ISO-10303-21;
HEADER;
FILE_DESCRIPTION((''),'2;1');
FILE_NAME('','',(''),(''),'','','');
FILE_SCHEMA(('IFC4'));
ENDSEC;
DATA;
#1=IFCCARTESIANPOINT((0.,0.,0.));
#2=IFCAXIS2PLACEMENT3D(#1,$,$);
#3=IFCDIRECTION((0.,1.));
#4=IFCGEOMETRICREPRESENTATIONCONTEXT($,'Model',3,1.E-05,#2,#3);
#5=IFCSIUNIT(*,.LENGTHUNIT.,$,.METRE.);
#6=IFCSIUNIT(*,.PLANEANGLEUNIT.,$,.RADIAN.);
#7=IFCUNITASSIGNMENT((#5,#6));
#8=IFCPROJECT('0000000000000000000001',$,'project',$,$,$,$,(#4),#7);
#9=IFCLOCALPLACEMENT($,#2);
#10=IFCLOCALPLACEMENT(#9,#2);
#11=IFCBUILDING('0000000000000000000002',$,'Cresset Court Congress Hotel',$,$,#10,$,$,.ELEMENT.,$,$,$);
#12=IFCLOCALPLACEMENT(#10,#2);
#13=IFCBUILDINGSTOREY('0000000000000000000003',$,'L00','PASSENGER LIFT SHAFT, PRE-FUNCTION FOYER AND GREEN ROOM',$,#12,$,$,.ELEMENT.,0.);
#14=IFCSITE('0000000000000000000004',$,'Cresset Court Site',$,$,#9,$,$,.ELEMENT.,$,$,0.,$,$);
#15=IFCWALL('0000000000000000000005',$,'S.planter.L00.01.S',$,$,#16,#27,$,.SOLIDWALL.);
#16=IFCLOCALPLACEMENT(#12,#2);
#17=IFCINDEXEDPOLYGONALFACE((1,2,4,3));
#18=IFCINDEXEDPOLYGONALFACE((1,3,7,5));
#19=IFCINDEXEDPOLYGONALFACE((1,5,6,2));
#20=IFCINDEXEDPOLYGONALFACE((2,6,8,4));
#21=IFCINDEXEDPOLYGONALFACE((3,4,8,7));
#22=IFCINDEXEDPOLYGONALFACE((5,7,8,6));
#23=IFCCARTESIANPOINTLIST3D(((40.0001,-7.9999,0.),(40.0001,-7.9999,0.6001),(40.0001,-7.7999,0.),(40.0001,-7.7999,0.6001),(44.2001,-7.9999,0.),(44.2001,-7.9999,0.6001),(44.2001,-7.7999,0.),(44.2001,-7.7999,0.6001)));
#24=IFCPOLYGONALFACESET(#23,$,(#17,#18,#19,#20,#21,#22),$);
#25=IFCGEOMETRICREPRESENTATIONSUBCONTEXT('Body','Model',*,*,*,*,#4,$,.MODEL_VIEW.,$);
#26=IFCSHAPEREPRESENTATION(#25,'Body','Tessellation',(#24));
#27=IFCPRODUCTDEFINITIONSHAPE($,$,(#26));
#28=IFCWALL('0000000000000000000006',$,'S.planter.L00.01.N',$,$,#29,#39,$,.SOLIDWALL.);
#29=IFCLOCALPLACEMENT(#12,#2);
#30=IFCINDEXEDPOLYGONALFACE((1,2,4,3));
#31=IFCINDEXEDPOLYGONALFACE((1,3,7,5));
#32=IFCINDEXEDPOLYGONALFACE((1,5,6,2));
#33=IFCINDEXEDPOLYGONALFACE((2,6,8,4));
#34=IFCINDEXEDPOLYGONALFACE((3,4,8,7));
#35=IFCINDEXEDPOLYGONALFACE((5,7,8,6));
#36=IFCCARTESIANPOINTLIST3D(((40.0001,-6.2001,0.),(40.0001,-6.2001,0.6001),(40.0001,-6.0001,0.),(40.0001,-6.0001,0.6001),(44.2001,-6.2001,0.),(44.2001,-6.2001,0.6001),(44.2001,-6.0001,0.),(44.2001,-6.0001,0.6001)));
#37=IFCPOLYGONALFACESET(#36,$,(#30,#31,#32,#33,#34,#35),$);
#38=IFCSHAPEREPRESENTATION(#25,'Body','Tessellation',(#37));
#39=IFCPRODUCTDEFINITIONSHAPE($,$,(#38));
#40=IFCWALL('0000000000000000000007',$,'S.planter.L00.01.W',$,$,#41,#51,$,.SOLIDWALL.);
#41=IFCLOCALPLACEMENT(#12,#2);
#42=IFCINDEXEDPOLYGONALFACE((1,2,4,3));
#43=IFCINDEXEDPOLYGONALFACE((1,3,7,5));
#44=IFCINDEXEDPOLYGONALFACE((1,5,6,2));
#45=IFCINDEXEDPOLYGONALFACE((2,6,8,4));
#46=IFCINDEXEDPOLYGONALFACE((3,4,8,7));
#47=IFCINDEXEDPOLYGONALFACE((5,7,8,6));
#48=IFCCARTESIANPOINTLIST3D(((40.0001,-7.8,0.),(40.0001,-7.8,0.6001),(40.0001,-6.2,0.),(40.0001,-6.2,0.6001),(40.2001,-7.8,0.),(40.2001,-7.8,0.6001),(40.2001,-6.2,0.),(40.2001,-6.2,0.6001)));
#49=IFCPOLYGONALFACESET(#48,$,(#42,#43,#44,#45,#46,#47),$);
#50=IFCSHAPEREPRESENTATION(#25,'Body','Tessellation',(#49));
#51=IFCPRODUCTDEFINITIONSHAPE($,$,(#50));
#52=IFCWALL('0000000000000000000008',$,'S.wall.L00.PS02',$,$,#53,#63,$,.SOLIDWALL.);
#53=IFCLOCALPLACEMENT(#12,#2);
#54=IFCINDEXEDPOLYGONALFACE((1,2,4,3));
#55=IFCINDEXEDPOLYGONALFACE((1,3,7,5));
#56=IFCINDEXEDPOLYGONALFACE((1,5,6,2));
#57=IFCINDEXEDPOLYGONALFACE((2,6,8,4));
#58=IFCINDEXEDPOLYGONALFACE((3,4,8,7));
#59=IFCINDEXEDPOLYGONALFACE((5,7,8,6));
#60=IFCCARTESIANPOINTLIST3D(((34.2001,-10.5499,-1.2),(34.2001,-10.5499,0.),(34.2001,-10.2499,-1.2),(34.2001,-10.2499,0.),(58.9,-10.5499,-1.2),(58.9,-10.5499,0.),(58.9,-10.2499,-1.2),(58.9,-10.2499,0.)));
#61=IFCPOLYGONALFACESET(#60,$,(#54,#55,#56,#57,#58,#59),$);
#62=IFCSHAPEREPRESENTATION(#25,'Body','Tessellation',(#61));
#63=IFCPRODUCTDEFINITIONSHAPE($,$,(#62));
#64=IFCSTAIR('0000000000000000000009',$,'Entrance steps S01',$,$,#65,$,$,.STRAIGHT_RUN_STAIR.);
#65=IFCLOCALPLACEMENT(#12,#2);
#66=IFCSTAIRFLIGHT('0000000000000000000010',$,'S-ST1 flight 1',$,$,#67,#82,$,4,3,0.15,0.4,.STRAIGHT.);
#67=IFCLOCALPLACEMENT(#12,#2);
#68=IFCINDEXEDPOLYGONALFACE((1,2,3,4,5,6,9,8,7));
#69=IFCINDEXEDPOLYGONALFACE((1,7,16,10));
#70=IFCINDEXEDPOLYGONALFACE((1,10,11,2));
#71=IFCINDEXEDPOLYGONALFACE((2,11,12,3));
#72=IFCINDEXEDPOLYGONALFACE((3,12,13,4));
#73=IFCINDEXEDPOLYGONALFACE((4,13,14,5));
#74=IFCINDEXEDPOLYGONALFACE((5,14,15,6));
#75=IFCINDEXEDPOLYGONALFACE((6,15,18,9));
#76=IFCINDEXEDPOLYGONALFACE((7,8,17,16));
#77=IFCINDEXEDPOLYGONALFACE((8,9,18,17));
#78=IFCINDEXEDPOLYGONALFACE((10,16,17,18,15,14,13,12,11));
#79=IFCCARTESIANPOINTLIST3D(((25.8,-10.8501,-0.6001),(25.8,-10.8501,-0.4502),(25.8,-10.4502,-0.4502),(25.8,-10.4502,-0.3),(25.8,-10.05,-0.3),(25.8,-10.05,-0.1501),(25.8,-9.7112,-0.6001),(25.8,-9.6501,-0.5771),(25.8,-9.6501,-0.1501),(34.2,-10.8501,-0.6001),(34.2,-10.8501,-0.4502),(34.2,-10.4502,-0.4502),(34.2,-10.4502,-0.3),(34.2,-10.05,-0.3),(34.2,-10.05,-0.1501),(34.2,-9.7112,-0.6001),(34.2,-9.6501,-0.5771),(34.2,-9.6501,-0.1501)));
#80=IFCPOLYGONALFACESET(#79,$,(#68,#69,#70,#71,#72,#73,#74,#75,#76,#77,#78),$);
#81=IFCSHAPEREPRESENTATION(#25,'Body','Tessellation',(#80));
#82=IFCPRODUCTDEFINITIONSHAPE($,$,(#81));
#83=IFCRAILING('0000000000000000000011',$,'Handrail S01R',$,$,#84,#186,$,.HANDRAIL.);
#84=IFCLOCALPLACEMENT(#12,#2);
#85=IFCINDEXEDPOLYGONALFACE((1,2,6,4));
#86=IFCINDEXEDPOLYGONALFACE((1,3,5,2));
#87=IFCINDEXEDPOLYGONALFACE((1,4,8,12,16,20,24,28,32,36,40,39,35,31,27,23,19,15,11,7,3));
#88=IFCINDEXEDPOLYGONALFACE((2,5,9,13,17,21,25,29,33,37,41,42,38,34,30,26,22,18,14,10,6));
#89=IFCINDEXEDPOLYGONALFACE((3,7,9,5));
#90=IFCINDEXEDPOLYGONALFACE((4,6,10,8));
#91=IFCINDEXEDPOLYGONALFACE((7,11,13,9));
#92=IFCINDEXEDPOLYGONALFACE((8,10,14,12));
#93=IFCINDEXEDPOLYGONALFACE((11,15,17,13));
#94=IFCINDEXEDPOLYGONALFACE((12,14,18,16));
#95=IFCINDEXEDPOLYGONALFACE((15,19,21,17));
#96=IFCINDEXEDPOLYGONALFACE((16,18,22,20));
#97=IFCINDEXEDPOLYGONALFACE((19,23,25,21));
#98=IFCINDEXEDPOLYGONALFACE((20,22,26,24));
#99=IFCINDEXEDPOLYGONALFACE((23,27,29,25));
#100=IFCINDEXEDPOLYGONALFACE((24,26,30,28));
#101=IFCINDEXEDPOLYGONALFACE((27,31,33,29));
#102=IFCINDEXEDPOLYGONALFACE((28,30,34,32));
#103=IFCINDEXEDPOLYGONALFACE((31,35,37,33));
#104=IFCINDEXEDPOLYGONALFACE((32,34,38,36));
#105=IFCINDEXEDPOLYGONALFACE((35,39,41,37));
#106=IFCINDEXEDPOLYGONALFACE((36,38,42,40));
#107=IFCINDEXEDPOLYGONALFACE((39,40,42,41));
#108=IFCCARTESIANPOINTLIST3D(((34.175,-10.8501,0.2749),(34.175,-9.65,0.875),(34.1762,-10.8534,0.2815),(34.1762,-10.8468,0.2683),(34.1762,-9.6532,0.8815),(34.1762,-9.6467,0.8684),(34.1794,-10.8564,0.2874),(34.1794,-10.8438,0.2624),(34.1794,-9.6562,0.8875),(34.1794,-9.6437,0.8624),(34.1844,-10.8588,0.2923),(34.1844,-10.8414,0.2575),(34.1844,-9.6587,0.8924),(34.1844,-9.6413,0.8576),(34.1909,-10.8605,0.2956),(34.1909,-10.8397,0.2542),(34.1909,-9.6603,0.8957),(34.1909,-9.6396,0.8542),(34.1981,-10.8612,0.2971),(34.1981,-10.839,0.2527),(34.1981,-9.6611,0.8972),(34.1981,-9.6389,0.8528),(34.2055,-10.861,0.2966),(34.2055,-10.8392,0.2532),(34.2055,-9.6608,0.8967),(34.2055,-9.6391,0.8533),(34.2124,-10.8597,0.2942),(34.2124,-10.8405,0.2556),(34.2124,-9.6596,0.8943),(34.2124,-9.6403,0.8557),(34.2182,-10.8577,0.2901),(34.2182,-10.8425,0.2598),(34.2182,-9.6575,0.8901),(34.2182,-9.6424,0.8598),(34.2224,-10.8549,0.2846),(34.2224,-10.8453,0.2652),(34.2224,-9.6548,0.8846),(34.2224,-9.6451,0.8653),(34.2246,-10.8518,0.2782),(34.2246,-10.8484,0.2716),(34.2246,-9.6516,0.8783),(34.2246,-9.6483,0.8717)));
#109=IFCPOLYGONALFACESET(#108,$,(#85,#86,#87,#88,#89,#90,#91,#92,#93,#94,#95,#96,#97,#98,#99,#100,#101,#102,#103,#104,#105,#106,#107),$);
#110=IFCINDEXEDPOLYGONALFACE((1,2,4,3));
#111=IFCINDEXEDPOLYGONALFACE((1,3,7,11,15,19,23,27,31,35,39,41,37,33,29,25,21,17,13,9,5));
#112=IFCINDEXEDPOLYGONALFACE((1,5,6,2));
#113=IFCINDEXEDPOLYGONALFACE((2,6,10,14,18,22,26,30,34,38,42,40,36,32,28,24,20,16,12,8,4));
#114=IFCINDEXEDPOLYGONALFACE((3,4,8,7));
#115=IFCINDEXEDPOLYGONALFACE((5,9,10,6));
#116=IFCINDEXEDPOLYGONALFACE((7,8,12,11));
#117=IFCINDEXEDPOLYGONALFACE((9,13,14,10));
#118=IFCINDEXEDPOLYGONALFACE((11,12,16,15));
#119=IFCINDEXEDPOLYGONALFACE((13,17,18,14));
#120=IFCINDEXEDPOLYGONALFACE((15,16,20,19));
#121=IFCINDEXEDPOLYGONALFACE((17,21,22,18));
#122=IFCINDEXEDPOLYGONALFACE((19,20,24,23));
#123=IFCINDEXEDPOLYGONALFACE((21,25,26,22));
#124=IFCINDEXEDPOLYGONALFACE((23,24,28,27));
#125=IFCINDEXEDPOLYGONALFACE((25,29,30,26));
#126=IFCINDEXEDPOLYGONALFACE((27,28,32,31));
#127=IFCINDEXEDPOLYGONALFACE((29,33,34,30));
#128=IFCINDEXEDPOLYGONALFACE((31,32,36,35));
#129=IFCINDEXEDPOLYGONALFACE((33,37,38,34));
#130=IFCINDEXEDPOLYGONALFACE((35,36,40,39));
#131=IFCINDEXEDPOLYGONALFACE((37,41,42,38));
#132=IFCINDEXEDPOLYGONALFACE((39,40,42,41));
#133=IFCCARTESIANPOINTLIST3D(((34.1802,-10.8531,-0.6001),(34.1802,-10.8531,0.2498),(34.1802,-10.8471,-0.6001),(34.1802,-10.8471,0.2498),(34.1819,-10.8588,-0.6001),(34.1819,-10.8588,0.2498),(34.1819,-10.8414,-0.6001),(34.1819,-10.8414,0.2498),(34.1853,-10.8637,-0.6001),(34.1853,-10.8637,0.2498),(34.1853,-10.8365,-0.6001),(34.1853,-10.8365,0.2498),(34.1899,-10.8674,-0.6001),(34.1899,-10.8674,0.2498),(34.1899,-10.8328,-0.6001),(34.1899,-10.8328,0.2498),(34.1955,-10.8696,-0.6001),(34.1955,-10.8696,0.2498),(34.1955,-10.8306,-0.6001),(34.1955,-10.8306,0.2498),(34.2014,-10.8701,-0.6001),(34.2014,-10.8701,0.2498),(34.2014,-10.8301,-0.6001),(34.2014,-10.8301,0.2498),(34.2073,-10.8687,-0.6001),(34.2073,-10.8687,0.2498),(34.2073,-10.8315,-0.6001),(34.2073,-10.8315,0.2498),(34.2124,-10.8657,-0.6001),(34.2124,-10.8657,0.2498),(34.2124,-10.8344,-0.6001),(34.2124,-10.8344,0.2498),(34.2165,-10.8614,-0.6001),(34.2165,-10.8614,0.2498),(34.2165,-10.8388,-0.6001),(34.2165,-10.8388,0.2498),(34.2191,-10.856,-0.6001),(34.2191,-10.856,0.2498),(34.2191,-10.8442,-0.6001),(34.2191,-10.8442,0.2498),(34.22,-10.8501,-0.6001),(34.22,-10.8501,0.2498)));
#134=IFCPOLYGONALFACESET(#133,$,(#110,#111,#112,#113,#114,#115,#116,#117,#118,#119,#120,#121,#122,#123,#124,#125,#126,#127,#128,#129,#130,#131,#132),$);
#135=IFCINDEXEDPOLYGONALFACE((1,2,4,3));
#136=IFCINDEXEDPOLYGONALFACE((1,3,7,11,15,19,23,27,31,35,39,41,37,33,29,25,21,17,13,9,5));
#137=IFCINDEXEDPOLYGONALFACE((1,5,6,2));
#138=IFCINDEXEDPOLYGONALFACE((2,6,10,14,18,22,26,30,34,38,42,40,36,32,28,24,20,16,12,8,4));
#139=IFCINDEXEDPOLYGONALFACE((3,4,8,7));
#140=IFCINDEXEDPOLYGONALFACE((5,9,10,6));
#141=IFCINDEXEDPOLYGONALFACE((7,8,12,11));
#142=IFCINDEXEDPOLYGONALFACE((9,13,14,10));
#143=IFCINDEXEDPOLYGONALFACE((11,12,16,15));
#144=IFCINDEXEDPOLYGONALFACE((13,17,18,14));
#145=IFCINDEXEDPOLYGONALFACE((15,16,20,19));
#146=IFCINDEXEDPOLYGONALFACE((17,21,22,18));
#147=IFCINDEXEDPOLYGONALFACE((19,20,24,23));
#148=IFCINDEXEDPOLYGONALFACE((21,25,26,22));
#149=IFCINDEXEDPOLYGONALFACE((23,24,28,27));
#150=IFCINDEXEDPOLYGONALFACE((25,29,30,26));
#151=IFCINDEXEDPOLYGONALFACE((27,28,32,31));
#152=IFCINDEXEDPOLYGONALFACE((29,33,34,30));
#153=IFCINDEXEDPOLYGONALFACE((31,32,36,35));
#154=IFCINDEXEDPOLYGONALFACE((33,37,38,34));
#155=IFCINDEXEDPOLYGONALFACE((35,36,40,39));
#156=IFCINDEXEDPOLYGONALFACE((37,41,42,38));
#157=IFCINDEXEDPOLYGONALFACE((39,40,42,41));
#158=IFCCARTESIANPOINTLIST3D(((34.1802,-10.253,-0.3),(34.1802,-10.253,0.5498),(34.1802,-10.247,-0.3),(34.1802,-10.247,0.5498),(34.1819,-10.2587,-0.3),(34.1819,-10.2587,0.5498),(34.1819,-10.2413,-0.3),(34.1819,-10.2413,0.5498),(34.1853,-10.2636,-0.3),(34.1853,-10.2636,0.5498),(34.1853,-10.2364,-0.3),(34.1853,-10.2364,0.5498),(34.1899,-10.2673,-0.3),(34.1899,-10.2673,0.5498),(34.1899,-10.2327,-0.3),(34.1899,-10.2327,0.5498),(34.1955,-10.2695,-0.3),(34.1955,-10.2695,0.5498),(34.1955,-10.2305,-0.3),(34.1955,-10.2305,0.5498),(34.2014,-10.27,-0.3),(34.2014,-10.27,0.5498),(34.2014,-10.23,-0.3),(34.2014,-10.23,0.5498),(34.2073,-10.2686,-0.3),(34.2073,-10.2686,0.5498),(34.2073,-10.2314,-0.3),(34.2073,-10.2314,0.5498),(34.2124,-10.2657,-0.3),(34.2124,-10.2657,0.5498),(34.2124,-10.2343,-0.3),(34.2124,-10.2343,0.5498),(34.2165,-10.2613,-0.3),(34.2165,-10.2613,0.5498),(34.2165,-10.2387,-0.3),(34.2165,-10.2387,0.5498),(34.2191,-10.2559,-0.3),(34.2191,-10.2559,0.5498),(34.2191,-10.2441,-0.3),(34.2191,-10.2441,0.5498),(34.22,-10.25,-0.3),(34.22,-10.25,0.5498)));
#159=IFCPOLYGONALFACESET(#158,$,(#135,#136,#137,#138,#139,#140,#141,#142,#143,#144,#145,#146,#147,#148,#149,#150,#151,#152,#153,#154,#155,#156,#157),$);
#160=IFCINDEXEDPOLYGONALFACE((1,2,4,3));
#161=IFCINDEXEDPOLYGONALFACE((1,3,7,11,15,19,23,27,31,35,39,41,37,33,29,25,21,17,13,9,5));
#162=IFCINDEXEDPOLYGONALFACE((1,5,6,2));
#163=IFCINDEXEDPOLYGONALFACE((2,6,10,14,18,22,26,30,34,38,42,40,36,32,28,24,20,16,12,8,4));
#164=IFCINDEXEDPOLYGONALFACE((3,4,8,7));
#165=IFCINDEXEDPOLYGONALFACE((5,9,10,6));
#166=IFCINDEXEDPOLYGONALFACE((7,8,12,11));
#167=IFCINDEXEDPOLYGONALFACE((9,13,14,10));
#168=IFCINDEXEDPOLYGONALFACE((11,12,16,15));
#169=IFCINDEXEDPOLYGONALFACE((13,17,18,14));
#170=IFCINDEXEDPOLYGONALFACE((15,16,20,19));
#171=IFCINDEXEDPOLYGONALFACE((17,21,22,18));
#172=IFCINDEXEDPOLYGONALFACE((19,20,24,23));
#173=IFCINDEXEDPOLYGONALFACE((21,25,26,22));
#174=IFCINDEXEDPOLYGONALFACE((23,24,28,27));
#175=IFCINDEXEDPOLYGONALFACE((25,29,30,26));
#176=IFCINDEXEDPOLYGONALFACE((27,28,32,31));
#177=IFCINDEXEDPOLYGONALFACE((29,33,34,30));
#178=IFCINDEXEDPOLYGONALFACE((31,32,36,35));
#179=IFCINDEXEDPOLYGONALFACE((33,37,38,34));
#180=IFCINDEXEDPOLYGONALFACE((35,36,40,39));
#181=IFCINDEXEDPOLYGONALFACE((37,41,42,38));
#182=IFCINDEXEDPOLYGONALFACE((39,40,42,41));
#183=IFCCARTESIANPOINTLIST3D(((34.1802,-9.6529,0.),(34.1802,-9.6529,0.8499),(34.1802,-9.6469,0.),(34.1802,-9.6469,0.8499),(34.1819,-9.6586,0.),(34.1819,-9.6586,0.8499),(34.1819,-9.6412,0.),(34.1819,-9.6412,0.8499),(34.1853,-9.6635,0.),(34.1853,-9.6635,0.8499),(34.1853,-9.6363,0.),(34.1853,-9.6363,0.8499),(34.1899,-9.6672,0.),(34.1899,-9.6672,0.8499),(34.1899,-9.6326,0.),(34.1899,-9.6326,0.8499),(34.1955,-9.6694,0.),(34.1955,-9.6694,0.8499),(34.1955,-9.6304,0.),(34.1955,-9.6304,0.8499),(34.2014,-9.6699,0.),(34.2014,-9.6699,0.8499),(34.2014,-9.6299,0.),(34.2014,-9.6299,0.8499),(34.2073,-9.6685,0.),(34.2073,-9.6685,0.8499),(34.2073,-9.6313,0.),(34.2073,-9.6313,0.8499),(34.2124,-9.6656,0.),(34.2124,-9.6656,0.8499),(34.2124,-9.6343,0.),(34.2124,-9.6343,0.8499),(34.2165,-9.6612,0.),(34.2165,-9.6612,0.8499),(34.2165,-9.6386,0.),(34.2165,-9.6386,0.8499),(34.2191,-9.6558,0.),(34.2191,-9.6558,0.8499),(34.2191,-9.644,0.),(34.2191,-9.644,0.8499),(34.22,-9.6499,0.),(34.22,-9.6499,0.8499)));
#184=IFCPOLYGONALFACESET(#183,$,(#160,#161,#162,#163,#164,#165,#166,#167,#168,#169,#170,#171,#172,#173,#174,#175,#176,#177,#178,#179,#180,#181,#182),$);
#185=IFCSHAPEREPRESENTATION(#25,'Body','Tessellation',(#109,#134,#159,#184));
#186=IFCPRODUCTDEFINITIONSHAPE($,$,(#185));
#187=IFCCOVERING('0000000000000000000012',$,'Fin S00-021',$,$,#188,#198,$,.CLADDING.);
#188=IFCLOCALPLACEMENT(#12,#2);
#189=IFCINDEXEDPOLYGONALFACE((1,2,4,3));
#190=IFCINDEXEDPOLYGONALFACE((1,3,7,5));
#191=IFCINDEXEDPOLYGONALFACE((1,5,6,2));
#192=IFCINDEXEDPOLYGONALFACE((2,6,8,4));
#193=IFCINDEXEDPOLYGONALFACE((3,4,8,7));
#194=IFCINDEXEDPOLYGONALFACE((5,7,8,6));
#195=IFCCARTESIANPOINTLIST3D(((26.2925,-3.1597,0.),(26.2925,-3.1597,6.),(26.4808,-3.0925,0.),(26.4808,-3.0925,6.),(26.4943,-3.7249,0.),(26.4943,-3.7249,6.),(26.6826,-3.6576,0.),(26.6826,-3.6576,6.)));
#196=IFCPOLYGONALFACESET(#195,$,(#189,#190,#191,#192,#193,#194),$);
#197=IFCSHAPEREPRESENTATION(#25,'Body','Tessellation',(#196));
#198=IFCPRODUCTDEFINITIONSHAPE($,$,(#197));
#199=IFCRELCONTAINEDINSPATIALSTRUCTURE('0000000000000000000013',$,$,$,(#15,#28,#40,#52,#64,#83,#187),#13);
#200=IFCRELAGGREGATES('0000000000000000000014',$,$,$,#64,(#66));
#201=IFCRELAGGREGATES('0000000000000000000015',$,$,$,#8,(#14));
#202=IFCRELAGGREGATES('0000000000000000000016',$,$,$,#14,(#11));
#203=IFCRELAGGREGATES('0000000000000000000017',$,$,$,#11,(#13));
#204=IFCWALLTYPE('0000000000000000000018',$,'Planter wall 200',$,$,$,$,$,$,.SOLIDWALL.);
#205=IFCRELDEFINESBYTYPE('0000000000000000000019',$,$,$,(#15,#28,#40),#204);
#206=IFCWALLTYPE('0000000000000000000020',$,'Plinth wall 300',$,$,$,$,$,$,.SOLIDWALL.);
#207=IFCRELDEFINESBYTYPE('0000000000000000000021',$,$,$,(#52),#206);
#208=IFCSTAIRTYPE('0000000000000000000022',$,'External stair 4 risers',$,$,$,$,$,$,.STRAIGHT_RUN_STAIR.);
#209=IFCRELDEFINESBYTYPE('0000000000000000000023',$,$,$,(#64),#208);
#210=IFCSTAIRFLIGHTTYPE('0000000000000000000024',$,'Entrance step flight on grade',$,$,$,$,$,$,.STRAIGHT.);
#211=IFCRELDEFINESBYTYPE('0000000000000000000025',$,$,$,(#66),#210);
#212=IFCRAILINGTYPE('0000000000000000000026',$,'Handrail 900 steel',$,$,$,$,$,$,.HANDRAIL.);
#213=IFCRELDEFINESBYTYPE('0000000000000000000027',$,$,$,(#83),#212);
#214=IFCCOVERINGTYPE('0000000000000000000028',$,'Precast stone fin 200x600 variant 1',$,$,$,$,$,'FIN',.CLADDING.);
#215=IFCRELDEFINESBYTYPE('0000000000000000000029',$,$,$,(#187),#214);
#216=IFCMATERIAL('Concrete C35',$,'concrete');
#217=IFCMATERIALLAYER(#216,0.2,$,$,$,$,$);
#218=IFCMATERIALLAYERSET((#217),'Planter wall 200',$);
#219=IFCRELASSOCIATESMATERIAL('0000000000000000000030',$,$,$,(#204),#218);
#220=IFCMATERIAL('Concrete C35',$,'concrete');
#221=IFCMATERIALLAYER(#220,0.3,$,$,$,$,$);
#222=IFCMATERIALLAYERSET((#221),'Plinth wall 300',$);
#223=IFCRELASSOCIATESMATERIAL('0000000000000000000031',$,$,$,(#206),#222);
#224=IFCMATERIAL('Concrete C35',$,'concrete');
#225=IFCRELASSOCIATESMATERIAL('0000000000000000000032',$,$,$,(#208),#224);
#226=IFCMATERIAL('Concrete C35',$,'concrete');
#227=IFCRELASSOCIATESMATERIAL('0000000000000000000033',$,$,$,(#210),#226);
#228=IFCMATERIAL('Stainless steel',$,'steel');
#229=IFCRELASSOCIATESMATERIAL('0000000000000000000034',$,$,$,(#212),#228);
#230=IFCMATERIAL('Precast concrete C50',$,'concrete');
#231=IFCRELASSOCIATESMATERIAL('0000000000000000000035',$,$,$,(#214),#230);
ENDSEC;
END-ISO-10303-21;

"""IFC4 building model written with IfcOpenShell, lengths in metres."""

from ifc_helpers import new_model, si_unit, direction, frame, frame_2d, origin, origin_2d, place, context, subcontext, project, spatial, polyline, rectangle, circle, outline, extrude, material, layer, layer_set, type_object, element, aggregate, save


model = new_model("IFC4")

# Units and contexts
model_context = context("Model", 3, precision=1e-05, world=origin(), true_north=direction((0.0, 1.0)))
body_context = subcontext(model_context, "Body", "Model", "MODEL_VIEW")
ifc_project = project(units=[si_unit("LENGTHUNIT", "METRE"), si_unit("PLANEANGLEUNIT", "RADIAN")], contexts=[model_context])

# Site, building, storey
site_placement = place(None, origin())
site = spatial("IfcSite", under=ifc_project, at=site_placement, Name="Cresset Court Site", CompositionType="ELEMENT", RefElevation=0.0)
building_placement = place(site_placement, origin())
building = spatial("IfcBuilding", under=site, at=building_placement, Name="Cresset Court Congress Hotel", CompositionType="ELEMENT")
storey_placement = place(building_placement, origin())
storey = spatial("IfcBuildingStorey", under=building, at=storey_placement, Name="L00", Description="PASSENGER LIFT SHAFT, PRE-FUNCTION FOYER AND GREEN ROOM", CompositionType="ELEMENT", Elevation=0.0)

# Walls
ifc_material_1 = material(Name="Concrete C35", Category="concrete")
ifc_layer_1 = layer(ifc_material_1, 0.2)
ifc_layer_set_1 = layer_set([ifc_layer_1], Name="Planter wall 200")
wall_type_1 = type_object("IfcWallType", Name="Planter wall 200", PredefinedType="SOLIDWALL", material=ifc_layer_set_1)
for number, where, z_axis, x_axis, name in (
    (1, (40.0, -7.8999, 0.0), (0.0, 0.0, 1.0), (1.0, 0.0, 0.0), "S.planter.L00.01.S"),
    (2, (40.0, -6.1001, 0.0), (0.0, 0.0, 1.0), (1.0, 0.0, 0.0), "S.planter.L00.01.N"),
):
    element("IfcWall", number, at=place(storey_placement, frame(where, z_axis=z_axis, x_axis=x_axis)), inside=storey, type_object=wall_type_1, Name=name, PredefinedType="SOLIDWALL", context=body_context, shape_type="SweptSolid", body=[
        extrude(rectangle(XDim=4.2, YDim=0.2, at=frame_2d((2.1001, 0.0))), origin(), (0.0, 0.0, 1.0), 0.6001),
    ])
wall_1_placement = place(storey_placement, frame((40.1001, -7.8, 0.0), z_axis=(0.0, 0.0, 1.0), x_axis=(0.0, 1.0, 0.0)))
element("IfcWall", 3, at=wall_1_placement, inside=storey, type_object=wall_type_1, Name="S.planter.L00.01.W", PredefinedType="SOLIDWALL", context=body_context, shape_type="SweptSolid", body=[
    extrude(rectangle(XDim=1.6001, YDim=0.2, at=frame_2d((0.8, 0.0))), origin(), (0.0, 0.0, 1.0), 0.6001),
])
ifc_material_2 = material(Name="Concrete C35", Category="concrete")
ifc_layer_2 = layer(ifc_material_2, 0.3)
ifc_layer_set_2 = layer_set([ifc_layer_2], Name="Plinth wall 300")
wall_type_2 = type_object("IfcWallType", Name="Plinth wall 300", PredefinedType="SOLIDWALL", material=ifc_layer_set_2)
wall_2_placement = place(storey_placement, frame((34.2, -10.3999, -1.2), z_axis=(0.0, 0.0, 1.0), x_axis=(1.0, 0.0, 0.0)))
element("IfcWall", 4, at=wall_2_placement, inside=storey, type_object=wall_type_2, Name="S.wall.L00.PS02", PredefinedType="SOLIDWALL", context=body_context, shape_type="SweptSolid", body=[
    extrude(rectangle(XDim=24.7, YDim=0.3, at=frame_2d((12.3501, 0.0))), origin(), (0.0, 0.0, 1.0), 1.2),
])

# Stair, stair flight
ifc_material_3 = material(Name="Concrete C35", Category="concrete")
stair_type = type_object("IfcStairType", Name="External stair 4 risers", PredefinedType="STRAIGHT_RUN_STAIR", material=ifc_material_3)
stair_placement = place(storey_placement, origin())
stair = element("IfcStair", 5, at=stair_placement, inside=storey, type_object=stair_type, Name="Entrance steps S01", PredefinedType="STRAIGHT_RUN_STAIR")
ifc_material_4 = material(Name="Concrete C35", Category="concrete")
stair_flight_type = type_object("IfcStairFlightType", Name="Entrance step flight on grade", PredefinedType="STRAIGHT", material=ifc_material_4)
stair_flight_placement = place(storey_placement, frame((30.0, -10.8501, -0.6001), z_axis=(0.0, 0.0, 1.0), x_axis=(0.0, 1.0, 0.0)))
stair_flight = element("IfcStairFlight", 6, at=stair_flight_placement, type_object=stair_flight_type, Name="S-ST1 flight 1", NumberOfRisers=4, NumberOfTreads=3, PredefinedType="STRAIGHT", RiserHeight=0.15, TreadLength=0.4, context=body_context, shape_type="SweptSolid", body=[
    extrude(outline(polyline([(0.0, 0.0), (0.0, 0.1499), (0.3999, 0.1499), (0.3999, 0.3), (0.8, 0.3), (0.8, 0.45), (1.2, 0.45), (1.2, 0.6001), (1.2, 0.0229), (1.1389, 0.0), (0.0, 0.0)])), frame((0.0, 4.2, 0.0), z_axis=(0.0, -1.0, 0.0), x_axis=(1.0, 0.0, 0.0)), (0.0, 0.0, 1.0), 8.3999),
])
aggregate(stair, [stair_flight])

# Railing
ifc_material_5 = material(Name="Stainless steel", Category="steel")
railing_type = type_object("IfcRailingType", Name="Handrail 900 steel", PredefinedType="HANDRAIL", material=ifc_material_5)
railing_placement = place(storey_placement, frame((34.2, -10.8501, -0.6001)))
element("IfcRailing", 7, at=railing_placement, inside=storey, type_object=railing_type, Name="Handrail S01R", PredefinedType="HANDRAIL", context=body_context, shape_type="SweptSolid", body=[
    extrude(circle(Radius=0.0249, at=origin_2d()), frame((0.0, 0.0, 0.875), z_axis=(0.0, 0.894427, 0.447214), x_axis=(-1.0, 0.0, 0.0)), (0.0, 0.0, 1.0), 1.3418),
    extrude(circle(Radius=0.02, at=origin_2d()), origin(), (0.0, 0.0, 1.0), 0.8499),
    extrude(circle(Radius=0.02, at=origin_2d()), frame((0.0, 0.6001, 0.3)), (0.0, 0.0, 1.0), 0.8499),
    extrude(circle(Radius=0.02, at=origin_2d()), frame((0.0, 1.2002, 0.6001)), (0.0, 0.0, 1.0), 0.8499),
])

# Covering
ifc_material_6 = material(Name="Precast concrete C50", Category="concrete")
covering_type_1 = type_object("IfcCoveringType", Name="Precast stone fin 200x600 variant 1", ElementType="FIN", PredefinedType="CLADDING", material=ifc_material_6)
for number, where, z_axis, x_axis, name in (
    (8, (26.4875, -3.4087, 0.0), (0.0, 0.0, 1.0), (0.941742, 0.336336, 0.0), "Fin S00-021"),
):
    element("IfcCovering", number, at=place(storey_placement, frame(where, z_axis=z_axis, x_axis=x_axis)), inside=storey, type_object=covering_type_1, Name=name, PredefinedType="CLADDING", context=body_context, shape_type="SweptSolid", body=[
        extrude(rectangle(XDim=0.2, YDim=0.6001, at=origin_2d()), origin(), (0.0, 0.0, 1.0), 6.0),
    ])

save(model, "model.ifc")
